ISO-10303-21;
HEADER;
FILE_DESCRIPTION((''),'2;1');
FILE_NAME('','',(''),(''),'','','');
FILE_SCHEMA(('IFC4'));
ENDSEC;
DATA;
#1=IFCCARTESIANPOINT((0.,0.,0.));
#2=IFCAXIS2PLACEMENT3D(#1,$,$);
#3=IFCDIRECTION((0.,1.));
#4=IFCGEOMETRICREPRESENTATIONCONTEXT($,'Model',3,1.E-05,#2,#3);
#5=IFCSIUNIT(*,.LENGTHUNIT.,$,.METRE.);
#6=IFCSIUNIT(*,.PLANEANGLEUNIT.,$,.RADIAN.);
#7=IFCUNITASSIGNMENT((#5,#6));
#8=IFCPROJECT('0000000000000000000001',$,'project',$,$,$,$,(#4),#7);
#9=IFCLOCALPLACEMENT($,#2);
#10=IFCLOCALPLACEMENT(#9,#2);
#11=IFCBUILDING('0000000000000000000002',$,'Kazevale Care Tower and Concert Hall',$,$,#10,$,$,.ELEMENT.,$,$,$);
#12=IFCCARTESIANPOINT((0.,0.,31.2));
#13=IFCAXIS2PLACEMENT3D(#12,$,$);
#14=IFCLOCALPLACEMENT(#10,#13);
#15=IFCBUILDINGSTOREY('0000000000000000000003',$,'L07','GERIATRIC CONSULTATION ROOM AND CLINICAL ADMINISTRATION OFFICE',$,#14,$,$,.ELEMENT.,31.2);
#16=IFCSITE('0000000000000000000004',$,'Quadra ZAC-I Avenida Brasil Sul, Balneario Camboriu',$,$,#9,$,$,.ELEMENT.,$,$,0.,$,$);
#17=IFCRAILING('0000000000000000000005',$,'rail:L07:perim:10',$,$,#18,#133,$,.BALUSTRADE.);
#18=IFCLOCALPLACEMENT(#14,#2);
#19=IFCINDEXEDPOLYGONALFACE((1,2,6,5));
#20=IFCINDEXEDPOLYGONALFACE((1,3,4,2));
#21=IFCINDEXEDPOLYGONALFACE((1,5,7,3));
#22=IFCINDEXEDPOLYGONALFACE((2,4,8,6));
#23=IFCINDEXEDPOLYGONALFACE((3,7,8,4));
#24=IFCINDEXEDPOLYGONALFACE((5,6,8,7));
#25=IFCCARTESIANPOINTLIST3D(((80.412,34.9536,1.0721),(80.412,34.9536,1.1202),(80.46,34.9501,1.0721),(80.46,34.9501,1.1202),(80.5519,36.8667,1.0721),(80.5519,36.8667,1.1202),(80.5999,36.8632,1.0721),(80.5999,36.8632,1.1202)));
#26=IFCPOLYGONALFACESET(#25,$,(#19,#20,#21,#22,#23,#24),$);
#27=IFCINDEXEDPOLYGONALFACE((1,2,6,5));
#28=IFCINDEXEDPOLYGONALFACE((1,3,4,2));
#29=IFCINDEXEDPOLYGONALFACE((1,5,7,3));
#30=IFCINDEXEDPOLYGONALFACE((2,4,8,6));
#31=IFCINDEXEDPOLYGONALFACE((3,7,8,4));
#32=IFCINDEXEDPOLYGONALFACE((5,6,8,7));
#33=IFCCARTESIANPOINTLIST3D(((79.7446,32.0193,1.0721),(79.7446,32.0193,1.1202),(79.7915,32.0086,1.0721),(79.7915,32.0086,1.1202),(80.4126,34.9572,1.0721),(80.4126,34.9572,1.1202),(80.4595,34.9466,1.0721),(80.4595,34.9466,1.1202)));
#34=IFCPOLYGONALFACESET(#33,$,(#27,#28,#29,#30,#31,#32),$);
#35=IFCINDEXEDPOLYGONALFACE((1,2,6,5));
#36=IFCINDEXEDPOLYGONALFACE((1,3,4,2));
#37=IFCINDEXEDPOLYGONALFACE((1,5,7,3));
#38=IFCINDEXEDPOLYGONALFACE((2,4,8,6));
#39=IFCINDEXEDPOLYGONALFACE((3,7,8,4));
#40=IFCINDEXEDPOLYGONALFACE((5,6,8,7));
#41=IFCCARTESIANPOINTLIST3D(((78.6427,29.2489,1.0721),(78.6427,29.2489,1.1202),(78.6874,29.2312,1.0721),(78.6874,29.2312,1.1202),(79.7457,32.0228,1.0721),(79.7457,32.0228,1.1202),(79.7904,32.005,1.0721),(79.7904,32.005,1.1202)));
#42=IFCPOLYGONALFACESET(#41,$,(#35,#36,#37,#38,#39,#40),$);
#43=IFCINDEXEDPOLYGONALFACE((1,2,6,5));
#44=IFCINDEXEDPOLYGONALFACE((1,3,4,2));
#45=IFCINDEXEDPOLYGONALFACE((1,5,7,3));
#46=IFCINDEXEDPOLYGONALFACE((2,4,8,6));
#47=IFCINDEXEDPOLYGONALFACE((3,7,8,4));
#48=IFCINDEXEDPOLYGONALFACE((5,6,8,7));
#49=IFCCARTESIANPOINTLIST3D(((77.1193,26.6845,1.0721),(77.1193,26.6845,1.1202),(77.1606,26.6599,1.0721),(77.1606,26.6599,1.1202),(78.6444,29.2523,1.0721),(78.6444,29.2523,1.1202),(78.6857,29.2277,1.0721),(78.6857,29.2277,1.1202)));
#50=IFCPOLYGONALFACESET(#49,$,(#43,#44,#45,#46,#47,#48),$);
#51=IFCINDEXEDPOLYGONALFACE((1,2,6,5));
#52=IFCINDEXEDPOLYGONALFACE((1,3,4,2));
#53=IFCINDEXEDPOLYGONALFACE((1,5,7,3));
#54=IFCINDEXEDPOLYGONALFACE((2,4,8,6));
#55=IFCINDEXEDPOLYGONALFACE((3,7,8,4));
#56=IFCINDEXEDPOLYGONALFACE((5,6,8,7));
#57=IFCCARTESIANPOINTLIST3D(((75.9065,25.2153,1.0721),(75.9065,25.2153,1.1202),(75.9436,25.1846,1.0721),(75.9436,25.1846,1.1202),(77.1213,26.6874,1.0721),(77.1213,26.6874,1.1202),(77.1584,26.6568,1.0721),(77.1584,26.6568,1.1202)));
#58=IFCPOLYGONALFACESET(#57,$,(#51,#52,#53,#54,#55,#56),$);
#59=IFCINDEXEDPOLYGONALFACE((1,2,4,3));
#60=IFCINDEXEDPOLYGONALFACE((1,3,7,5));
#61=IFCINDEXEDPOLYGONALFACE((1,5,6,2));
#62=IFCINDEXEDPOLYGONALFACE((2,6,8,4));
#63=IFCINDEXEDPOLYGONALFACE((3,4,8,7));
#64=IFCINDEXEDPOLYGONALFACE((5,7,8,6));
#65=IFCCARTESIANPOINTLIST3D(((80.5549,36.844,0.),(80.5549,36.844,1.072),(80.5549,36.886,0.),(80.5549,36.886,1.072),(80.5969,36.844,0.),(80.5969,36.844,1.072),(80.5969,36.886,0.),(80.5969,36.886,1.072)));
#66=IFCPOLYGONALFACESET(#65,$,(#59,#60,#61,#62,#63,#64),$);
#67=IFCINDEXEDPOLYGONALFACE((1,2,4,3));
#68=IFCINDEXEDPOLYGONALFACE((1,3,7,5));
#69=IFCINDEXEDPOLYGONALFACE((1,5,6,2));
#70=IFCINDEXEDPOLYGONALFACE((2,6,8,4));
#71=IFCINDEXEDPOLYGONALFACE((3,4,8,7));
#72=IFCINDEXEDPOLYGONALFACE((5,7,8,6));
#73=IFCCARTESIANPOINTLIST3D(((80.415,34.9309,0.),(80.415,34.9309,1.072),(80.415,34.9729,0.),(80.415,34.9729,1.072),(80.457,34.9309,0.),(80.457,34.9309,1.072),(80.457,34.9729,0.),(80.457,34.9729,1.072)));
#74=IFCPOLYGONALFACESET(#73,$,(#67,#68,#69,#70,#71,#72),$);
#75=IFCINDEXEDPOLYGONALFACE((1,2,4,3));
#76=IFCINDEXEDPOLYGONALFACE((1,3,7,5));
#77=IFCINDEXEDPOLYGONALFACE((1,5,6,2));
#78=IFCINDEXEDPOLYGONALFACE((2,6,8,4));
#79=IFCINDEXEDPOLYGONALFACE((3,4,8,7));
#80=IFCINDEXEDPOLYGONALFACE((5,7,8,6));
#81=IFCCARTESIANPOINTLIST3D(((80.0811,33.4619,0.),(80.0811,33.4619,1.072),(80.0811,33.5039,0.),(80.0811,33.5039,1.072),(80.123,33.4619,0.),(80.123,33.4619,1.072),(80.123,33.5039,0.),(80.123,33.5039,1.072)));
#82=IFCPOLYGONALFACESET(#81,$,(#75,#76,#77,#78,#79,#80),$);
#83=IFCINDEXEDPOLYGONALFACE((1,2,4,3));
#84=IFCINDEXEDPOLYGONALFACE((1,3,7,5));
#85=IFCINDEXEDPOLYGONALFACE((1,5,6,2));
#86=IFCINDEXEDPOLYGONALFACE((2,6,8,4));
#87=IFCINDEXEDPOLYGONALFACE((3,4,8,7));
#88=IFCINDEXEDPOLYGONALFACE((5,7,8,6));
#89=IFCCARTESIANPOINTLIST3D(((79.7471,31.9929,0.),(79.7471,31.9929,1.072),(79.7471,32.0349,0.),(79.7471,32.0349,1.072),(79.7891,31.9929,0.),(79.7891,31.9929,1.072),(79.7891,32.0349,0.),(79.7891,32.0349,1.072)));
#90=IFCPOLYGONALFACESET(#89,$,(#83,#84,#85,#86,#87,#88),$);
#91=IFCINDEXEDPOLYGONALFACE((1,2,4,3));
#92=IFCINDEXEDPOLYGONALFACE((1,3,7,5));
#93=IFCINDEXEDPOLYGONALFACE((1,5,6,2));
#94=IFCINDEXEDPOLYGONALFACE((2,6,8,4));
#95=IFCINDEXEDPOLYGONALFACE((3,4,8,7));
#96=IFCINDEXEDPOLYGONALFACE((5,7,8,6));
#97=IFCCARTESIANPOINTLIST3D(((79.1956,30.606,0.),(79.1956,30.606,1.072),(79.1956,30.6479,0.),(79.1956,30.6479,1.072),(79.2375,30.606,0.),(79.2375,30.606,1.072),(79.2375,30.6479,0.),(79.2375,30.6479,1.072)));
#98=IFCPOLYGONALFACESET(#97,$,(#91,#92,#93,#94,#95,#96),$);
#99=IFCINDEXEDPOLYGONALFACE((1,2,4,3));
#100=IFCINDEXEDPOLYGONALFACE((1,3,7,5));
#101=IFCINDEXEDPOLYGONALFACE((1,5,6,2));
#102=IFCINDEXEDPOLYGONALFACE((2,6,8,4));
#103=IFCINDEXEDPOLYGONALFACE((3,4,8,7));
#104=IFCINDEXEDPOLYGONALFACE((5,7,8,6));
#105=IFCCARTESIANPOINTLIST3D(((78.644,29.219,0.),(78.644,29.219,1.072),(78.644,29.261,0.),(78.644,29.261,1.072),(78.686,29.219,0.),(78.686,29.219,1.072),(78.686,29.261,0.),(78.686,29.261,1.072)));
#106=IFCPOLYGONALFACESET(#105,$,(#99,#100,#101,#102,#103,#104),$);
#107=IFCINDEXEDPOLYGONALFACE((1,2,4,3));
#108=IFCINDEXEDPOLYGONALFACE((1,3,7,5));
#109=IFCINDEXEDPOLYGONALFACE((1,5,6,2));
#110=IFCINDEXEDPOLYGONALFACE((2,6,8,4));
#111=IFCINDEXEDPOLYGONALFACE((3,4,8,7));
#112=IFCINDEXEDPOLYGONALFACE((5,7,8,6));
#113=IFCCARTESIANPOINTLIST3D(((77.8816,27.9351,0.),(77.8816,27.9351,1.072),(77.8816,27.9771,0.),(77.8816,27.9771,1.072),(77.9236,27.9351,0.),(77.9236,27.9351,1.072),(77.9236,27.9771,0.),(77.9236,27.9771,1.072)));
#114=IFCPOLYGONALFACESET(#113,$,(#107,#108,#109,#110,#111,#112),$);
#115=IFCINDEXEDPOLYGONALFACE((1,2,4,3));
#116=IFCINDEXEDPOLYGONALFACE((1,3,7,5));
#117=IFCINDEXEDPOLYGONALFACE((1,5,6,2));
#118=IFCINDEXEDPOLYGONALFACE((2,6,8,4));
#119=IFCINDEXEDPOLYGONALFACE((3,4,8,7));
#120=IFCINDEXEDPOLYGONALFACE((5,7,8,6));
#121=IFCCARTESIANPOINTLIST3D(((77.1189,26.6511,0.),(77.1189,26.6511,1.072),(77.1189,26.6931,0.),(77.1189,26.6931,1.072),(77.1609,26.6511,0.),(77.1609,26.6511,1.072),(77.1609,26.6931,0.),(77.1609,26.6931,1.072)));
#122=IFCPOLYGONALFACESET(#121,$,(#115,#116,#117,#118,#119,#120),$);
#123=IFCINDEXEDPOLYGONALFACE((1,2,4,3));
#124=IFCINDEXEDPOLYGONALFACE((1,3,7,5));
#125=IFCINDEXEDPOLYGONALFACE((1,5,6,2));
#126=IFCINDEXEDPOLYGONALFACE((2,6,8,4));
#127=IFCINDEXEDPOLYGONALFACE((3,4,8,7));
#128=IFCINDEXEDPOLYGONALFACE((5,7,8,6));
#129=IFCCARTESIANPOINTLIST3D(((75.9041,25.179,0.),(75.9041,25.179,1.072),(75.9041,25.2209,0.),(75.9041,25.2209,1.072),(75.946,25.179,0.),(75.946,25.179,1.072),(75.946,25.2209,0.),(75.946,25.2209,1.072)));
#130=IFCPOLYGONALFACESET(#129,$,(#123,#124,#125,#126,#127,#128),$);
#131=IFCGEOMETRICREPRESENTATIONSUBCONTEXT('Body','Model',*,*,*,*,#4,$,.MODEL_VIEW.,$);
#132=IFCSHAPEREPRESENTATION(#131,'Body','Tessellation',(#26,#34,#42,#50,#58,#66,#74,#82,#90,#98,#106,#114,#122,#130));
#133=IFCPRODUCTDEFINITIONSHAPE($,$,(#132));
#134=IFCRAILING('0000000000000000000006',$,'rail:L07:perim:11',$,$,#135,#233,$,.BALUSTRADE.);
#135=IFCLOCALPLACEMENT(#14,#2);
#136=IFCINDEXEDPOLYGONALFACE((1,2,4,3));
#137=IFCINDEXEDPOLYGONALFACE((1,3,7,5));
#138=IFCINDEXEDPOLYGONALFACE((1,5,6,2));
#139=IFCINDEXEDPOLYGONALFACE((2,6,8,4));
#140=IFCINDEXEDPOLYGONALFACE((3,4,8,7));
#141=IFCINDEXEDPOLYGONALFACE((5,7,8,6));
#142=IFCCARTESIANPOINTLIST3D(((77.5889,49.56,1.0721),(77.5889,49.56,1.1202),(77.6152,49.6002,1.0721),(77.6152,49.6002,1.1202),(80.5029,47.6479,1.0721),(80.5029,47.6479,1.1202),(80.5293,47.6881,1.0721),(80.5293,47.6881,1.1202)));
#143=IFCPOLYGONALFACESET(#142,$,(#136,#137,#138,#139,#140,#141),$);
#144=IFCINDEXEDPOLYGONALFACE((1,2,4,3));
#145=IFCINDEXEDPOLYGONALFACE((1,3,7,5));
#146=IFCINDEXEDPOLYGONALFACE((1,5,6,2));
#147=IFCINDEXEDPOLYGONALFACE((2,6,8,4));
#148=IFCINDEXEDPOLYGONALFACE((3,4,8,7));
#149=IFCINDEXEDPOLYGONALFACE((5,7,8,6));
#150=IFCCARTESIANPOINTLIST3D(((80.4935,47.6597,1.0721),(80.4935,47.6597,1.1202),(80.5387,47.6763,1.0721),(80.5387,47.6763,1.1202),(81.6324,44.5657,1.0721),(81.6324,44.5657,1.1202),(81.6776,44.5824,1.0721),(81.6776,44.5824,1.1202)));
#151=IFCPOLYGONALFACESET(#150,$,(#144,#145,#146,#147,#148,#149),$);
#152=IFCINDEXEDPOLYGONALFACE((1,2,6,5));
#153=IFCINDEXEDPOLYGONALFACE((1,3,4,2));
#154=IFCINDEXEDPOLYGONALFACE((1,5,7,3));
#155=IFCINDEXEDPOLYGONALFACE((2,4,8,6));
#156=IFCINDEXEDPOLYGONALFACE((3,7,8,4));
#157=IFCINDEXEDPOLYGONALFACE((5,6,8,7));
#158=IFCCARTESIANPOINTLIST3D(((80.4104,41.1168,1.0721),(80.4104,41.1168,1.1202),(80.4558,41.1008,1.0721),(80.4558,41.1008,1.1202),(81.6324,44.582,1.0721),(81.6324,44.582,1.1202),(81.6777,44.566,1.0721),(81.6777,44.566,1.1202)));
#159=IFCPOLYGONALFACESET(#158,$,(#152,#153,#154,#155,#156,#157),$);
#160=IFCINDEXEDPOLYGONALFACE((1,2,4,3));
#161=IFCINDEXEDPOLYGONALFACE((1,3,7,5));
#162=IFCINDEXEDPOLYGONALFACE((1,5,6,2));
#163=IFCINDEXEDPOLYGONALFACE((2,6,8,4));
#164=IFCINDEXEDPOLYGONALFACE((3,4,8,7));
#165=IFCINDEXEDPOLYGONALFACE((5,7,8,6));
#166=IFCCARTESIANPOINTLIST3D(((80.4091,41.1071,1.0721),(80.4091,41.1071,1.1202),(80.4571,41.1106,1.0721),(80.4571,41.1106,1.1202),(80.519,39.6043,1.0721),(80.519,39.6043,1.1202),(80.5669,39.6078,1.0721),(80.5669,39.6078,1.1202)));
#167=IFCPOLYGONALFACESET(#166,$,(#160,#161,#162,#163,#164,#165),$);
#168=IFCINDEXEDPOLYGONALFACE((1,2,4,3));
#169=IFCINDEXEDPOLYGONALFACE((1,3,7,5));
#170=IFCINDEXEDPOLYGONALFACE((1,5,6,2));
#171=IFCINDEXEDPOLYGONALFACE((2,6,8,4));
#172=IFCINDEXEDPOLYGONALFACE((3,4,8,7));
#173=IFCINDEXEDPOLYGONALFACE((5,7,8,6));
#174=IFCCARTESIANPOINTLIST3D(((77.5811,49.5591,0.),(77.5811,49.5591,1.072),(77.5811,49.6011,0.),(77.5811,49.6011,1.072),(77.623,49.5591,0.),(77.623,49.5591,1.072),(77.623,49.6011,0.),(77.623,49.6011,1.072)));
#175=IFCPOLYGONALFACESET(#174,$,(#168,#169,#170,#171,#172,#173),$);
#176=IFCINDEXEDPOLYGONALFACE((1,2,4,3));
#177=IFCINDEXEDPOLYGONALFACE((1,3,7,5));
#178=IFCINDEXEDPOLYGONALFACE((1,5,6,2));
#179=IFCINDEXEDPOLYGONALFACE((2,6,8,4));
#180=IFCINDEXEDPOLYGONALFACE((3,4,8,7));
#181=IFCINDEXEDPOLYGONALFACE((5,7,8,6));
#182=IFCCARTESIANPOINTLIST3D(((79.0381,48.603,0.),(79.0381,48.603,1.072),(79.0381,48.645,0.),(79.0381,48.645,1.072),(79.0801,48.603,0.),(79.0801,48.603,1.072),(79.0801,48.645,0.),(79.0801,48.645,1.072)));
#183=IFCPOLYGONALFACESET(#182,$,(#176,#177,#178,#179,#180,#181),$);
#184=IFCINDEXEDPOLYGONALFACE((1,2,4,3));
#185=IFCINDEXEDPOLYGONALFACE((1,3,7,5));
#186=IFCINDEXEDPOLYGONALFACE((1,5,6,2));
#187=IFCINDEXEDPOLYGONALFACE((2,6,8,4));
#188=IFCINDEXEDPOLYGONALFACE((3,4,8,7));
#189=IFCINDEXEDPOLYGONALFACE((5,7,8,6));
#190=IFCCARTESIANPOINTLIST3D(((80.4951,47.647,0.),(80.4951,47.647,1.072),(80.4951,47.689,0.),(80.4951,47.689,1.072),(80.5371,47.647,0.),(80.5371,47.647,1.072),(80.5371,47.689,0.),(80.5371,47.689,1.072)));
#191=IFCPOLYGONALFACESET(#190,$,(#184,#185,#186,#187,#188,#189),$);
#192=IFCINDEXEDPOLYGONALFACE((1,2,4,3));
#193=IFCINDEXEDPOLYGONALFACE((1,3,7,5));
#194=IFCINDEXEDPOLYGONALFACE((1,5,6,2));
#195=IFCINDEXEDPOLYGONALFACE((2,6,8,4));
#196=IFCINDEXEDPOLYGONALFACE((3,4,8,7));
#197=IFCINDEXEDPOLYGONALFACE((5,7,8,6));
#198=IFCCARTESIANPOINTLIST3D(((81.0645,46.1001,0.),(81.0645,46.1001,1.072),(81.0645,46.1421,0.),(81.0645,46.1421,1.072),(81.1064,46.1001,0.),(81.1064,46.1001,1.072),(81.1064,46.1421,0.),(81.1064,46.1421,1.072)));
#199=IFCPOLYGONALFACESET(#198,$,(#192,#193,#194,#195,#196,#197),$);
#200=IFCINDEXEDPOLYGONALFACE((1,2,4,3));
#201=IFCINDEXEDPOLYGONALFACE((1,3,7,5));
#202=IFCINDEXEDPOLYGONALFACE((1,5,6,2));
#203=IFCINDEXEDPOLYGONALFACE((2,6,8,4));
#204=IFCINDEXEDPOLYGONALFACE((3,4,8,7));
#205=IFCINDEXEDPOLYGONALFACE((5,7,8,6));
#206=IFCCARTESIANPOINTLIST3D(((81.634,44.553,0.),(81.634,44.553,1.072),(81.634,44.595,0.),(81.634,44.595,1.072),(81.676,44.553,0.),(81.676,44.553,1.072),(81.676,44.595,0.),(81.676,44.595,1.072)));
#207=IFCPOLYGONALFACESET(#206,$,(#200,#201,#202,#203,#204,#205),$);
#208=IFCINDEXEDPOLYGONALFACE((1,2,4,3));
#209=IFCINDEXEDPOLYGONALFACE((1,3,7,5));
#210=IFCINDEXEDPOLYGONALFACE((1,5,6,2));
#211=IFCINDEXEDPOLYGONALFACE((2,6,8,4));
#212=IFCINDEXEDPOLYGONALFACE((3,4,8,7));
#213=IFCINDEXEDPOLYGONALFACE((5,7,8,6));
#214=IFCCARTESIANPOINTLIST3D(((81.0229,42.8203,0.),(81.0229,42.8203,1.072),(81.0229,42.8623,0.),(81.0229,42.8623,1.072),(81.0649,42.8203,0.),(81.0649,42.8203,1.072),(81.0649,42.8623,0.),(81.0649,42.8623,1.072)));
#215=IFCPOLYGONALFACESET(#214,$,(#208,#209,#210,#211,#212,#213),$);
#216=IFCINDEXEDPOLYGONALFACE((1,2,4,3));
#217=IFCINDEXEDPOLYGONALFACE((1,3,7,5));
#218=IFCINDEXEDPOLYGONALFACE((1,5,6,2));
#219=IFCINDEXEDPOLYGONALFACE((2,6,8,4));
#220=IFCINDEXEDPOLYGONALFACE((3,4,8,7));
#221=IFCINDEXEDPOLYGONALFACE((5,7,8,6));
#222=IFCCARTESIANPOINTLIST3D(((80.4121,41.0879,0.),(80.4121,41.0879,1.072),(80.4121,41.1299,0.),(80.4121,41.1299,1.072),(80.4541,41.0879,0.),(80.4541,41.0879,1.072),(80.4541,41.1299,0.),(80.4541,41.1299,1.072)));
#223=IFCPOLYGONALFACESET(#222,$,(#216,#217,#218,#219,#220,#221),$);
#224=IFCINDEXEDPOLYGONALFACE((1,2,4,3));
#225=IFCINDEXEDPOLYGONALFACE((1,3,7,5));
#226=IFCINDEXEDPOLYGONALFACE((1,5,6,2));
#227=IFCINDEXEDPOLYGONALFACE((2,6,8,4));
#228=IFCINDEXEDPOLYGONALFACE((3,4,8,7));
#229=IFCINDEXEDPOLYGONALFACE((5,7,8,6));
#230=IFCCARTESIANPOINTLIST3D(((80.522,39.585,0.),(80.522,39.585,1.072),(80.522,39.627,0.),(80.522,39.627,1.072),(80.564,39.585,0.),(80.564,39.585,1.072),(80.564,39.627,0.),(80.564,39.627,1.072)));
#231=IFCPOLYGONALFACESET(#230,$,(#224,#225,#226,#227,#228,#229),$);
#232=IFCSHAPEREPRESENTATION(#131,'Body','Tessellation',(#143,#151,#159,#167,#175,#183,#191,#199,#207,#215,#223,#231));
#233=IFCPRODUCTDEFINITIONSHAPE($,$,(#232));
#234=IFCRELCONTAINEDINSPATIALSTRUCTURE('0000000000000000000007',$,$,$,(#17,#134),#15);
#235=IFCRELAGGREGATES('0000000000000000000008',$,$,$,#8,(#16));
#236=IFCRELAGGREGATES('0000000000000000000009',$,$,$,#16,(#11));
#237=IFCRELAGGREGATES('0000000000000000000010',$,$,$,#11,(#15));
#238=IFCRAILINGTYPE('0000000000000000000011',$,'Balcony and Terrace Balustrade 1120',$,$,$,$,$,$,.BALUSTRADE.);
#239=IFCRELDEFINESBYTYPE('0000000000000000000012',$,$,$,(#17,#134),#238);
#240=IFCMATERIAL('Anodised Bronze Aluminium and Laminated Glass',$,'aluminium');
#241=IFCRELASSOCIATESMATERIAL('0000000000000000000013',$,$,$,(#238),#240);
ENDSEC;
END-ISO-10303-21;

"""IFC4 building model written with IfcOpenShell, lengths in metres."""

from ifc_helpers import new_model, si_unit, direction, frame, origin, origin_2d, place, context, subcontext, project, spatial, rectangle, extrude, material, type_object, element, save


model = new_model("IFC4")

# Units and contexts
model_context = context("Model", 3, precision=1e-05, world=origin(), true_north=direction((0.0, 1.0)))
body_context = subcontext(model_context, "Body", "Model", "MODEL_VIEW")
ifc_project = project(units=[si_unit("LENGTHUNIT", "METRE"), si_unit("PLANEANGLEUNIT", "RADIAN")], contexts=[model_context])

# Site, building, storey
site_placement = place(None, origin())
site = spatial("IfcSite", under=ifc_project, at=site_placement, Name="Quadra ZAC-I Avenida Brasil Sul, Balneario Camboriu", CompositionType="ELEMENT", RefElevation=0.0)
building_placement = place(site_placement, origin())
building = spatial("IfcBuilding", under=site, at=building_placement, Name="Kazevale Care Tower and Concert Hall", CompositionType="ELEMENT")
storey_placement = place(building_placement, frame((0.0, 0.0, 31.2)))
storey = spatial("IfcBuildingStorey", under=building, at=storey_placement, Name="L07", Description="GERIATRIC CONSULTATION ROOM AND CLINICAL ADMINISTRATION OFFICE", CompositionType="ELEMENT", Elevation=31.2)

# Railings
ifc_material_1 = material(Name="Anodised Bronze Aluminium and Laminated Glass", Category="aluminium")
railing_type = type_object("IfcRailingType", Name="Balcony and Terrace Balustrade 1120", PredefinedType="BALUSTRADE", material=ifc_material_1)
railing_1_placement = place(storey_placement, frame((80.5759, 36.865, 0.0)))
element("IfcRailing", 1, at=railing_1_placement, inside=storey, type_object=railing_type, Name="rail:L07:perim:10", PredefinedType="BALUSTRADE", context=body_context, shape_type="SweptSolid", body=[
    extrude(rectangle(XDim=0.0481, YDim=0.0481, at=origin_2d()), frame((0.0, 0.0, 1.0962), z_axis=(-0.072929, -0.997337, 0.0), x_axis=(0.997337, -0.072929, 0.0)), (0.0, 0.0, 1.0), 1.9182),
    extrude(rectangle(XDim=0.0481, YDim=0.0481, at=origin_2d()), frame((-0.1399, -1.9131, 1.0962), z_axis=(-0.221698, -0.975115, 0.0), x_axis=(0.975115, -0.221698, 0.0)), (0.0, 0.0, 1.0), 3.0129),
    extrude(rectangle(XDim=0.0481, YDim=0.0481, at=origin_2d()), frame((-0.8079, -4.8511, 1.0962), z_axis=(-0.3695, -0.929231, 0.0), x_axis=(0.929231, -0.3695, 0.0)), (0.0, 0.0, 1.0), 2.9851),
    extrude(rectangle(XDim=0.0481, YDim=0.0481, at=origin_2d()), frame((-1.9109, -7.625, 1.0962), z_axis=(-0.510656, -0.859785, 0.0), x_axis=(0.859785, -0.510656, 0.0)), (0.0, 0.0, 1.0), 2.9866),
    extrude(rectangle(XDim=0.0481, YDim=0.0481, at=origin_2d()), frame((-3.436, -10.1929, 1.0962), z_axis=(-0.636478, -0.771295, 0.0), x_axis=(0.771295, -0.636478, 0.0)), (0.0, 0.0, 1.0), 1.9087),
    extrude(rectangle(XDim=0.042, YDim=0.042, at=origin_2d()), origin(), (0.0, 0.0, 1.0), 1.072),
    extrude(rectangle(XDim=0.042, YDim=0.042, at=origin_2d()), frame((-0.1399, -1.9131, 0.0)), (0.0, 0.0, 1.0), 1.072),
    extrude(rectangle(XDim=0.042, YDim=0.042, at=origin_2d()), frame((-0.4739, -3.3821, 0.0)), (0.0, 0.0, 1.0), 1.072),
    extrude(rectangle(XDim=0.042, YDim=0.042, at=origin_2d()), frame((-0.8079, -4.8511, 0.0)), (0.0, 0.0, 1.0), 1.072),
    extrude(rectangle(XDim=0.042, YDim=0.042, at=origin_2d()), frame((-1.3594, -6.238, 0.0)), (0.0, 0.0, 1.0), 1.072),
    extrude(rectangle(XDim=0.042, YDim=0.042, at=origin_2d()), frame((-1.9109, -7.625, 0.0)), (0.0, 0.0, 1.0), 1.072),
    extrude(rectangle(XDim=0.042, YDim=0.042, at=origin_2d()), frame((-2.6733, -8.9089, 0.0)), (0.0, 0.0, 1.0), 1.072),
    extrude(rectangle(XDim=0.042, YDim=0.042, at=origin_2d()), frame((-3.436, -10.1929, 0.0)), (0.0, 0.0, 1.0), 1.072),
    extrude(rectangle(XDim=0.042, YDim=0.042, at=origin_2d()), frame((-4.6509, -11.665, 0.0)), (0.0, 0.0, 1.0), 1.072),
])
railing_2_placement = place(storey_placement, frame((77.6021, 49.5801, 0.0)))
element("IfcRailing", 2, at=railing_2_placement, inside=storey, type_object=railing_type, Name="rail:L07:perim:11", PredefinedType="BALUSTRADE", context=body_context, shape_type="SweptSolid", body=[
    extrude(rectangle(XDim=0.0481, YDim=0.0481, at=origin_2d()), frame((0.0, 0.0, 1.0962), z_axis=(0.83608, -0.548607, 0.0), x_axis=(0.548607, 0.83608, 0.0)), (0.0, 0.0, 1.0), 3.4854),
    extrude(rectangle(XDim=0.0481, YDim=0.0481, at=origin_2d()), frame((2.9141, -1.9121, 1.0962), z_axis=(0.345445, -0.938439, 0.0), x_axis=(0.938439, 0.345445, 0.0)), (0.0, 0.0, 1.0), 3.2969),
    extrude(rectangle(XDim=0.0481, YDim=0.0481, at=origin_2d()), frame((4.053, -5.0061, 1.0962), z_axis=(-0.332566, -0.94308, 0.0), x_axis=(0.94308, -0.332566, 0.0)), (0.0, 0.0, 1.0), 3.6743),
    extrude(rectangle(XDim=0.0481, YDim=0.0481, at=origin_2d()), frame((2.8311, -8.4712, 1.0962), z_axis=(0.072905, -0.997339, 0.0), x_axis=(0.997339, 0.072905, 0.0)), (0.0, 0.0, 1.0), 1.5068),
    extrude(rectangle(XDim=0.042, YDim=0.042, at=origin_2d()), origin(), (0.0, 0.0, 1.0), 1.072),
    extrude(rectangle(XDim=0.042, YDim=0.042, at=origin_2d()), frame((1.457, -0.9561, 0.0)), (0.0, 0.0, 1.0), 1.072),
    extrude(rectangle(XDim=0.042, YDim=0.042, at=origin_2d()), frame((2.9141, -1.9121, 0.0)), (0.0, 0.0, 1.0), 1.072),
    extrude(rectangle(XDim=0.042, YDim=0.042, at=origin_2d()), frame((3.4834, -3.459, 0.0)), (0.0, 0.0, 1.0), 1.072),
    extrude(rectangle(XDim=0.042, YDim=0.042, at=origin_2d()), frame((4.053, -5.0061, 0.0)), (0.0, 0.0, 1.0), 1.072),
    extrude(rectangle(XDim=0.042, YDim=0.042, at=origin_2d()), frame((3.4419, -6.7388, 0.0)), (0.0, 0.0, 1.0), 1.072),
    extrude(rectangle(XDim=0.042, YDim=0.042, at=origin_2d()), frame((2.8311, -8.4712, 0.0)), (0.0, 0.0, 1.0), 1.072),
    extrude(rectangle(XDim=0.042, YDim=0.042, at=origin_2d()), frame((2.9409, -9.9741, 0.0)), (0.0, 0.0, 1.0), 1.072),
])

save(model, "model.ifc")
